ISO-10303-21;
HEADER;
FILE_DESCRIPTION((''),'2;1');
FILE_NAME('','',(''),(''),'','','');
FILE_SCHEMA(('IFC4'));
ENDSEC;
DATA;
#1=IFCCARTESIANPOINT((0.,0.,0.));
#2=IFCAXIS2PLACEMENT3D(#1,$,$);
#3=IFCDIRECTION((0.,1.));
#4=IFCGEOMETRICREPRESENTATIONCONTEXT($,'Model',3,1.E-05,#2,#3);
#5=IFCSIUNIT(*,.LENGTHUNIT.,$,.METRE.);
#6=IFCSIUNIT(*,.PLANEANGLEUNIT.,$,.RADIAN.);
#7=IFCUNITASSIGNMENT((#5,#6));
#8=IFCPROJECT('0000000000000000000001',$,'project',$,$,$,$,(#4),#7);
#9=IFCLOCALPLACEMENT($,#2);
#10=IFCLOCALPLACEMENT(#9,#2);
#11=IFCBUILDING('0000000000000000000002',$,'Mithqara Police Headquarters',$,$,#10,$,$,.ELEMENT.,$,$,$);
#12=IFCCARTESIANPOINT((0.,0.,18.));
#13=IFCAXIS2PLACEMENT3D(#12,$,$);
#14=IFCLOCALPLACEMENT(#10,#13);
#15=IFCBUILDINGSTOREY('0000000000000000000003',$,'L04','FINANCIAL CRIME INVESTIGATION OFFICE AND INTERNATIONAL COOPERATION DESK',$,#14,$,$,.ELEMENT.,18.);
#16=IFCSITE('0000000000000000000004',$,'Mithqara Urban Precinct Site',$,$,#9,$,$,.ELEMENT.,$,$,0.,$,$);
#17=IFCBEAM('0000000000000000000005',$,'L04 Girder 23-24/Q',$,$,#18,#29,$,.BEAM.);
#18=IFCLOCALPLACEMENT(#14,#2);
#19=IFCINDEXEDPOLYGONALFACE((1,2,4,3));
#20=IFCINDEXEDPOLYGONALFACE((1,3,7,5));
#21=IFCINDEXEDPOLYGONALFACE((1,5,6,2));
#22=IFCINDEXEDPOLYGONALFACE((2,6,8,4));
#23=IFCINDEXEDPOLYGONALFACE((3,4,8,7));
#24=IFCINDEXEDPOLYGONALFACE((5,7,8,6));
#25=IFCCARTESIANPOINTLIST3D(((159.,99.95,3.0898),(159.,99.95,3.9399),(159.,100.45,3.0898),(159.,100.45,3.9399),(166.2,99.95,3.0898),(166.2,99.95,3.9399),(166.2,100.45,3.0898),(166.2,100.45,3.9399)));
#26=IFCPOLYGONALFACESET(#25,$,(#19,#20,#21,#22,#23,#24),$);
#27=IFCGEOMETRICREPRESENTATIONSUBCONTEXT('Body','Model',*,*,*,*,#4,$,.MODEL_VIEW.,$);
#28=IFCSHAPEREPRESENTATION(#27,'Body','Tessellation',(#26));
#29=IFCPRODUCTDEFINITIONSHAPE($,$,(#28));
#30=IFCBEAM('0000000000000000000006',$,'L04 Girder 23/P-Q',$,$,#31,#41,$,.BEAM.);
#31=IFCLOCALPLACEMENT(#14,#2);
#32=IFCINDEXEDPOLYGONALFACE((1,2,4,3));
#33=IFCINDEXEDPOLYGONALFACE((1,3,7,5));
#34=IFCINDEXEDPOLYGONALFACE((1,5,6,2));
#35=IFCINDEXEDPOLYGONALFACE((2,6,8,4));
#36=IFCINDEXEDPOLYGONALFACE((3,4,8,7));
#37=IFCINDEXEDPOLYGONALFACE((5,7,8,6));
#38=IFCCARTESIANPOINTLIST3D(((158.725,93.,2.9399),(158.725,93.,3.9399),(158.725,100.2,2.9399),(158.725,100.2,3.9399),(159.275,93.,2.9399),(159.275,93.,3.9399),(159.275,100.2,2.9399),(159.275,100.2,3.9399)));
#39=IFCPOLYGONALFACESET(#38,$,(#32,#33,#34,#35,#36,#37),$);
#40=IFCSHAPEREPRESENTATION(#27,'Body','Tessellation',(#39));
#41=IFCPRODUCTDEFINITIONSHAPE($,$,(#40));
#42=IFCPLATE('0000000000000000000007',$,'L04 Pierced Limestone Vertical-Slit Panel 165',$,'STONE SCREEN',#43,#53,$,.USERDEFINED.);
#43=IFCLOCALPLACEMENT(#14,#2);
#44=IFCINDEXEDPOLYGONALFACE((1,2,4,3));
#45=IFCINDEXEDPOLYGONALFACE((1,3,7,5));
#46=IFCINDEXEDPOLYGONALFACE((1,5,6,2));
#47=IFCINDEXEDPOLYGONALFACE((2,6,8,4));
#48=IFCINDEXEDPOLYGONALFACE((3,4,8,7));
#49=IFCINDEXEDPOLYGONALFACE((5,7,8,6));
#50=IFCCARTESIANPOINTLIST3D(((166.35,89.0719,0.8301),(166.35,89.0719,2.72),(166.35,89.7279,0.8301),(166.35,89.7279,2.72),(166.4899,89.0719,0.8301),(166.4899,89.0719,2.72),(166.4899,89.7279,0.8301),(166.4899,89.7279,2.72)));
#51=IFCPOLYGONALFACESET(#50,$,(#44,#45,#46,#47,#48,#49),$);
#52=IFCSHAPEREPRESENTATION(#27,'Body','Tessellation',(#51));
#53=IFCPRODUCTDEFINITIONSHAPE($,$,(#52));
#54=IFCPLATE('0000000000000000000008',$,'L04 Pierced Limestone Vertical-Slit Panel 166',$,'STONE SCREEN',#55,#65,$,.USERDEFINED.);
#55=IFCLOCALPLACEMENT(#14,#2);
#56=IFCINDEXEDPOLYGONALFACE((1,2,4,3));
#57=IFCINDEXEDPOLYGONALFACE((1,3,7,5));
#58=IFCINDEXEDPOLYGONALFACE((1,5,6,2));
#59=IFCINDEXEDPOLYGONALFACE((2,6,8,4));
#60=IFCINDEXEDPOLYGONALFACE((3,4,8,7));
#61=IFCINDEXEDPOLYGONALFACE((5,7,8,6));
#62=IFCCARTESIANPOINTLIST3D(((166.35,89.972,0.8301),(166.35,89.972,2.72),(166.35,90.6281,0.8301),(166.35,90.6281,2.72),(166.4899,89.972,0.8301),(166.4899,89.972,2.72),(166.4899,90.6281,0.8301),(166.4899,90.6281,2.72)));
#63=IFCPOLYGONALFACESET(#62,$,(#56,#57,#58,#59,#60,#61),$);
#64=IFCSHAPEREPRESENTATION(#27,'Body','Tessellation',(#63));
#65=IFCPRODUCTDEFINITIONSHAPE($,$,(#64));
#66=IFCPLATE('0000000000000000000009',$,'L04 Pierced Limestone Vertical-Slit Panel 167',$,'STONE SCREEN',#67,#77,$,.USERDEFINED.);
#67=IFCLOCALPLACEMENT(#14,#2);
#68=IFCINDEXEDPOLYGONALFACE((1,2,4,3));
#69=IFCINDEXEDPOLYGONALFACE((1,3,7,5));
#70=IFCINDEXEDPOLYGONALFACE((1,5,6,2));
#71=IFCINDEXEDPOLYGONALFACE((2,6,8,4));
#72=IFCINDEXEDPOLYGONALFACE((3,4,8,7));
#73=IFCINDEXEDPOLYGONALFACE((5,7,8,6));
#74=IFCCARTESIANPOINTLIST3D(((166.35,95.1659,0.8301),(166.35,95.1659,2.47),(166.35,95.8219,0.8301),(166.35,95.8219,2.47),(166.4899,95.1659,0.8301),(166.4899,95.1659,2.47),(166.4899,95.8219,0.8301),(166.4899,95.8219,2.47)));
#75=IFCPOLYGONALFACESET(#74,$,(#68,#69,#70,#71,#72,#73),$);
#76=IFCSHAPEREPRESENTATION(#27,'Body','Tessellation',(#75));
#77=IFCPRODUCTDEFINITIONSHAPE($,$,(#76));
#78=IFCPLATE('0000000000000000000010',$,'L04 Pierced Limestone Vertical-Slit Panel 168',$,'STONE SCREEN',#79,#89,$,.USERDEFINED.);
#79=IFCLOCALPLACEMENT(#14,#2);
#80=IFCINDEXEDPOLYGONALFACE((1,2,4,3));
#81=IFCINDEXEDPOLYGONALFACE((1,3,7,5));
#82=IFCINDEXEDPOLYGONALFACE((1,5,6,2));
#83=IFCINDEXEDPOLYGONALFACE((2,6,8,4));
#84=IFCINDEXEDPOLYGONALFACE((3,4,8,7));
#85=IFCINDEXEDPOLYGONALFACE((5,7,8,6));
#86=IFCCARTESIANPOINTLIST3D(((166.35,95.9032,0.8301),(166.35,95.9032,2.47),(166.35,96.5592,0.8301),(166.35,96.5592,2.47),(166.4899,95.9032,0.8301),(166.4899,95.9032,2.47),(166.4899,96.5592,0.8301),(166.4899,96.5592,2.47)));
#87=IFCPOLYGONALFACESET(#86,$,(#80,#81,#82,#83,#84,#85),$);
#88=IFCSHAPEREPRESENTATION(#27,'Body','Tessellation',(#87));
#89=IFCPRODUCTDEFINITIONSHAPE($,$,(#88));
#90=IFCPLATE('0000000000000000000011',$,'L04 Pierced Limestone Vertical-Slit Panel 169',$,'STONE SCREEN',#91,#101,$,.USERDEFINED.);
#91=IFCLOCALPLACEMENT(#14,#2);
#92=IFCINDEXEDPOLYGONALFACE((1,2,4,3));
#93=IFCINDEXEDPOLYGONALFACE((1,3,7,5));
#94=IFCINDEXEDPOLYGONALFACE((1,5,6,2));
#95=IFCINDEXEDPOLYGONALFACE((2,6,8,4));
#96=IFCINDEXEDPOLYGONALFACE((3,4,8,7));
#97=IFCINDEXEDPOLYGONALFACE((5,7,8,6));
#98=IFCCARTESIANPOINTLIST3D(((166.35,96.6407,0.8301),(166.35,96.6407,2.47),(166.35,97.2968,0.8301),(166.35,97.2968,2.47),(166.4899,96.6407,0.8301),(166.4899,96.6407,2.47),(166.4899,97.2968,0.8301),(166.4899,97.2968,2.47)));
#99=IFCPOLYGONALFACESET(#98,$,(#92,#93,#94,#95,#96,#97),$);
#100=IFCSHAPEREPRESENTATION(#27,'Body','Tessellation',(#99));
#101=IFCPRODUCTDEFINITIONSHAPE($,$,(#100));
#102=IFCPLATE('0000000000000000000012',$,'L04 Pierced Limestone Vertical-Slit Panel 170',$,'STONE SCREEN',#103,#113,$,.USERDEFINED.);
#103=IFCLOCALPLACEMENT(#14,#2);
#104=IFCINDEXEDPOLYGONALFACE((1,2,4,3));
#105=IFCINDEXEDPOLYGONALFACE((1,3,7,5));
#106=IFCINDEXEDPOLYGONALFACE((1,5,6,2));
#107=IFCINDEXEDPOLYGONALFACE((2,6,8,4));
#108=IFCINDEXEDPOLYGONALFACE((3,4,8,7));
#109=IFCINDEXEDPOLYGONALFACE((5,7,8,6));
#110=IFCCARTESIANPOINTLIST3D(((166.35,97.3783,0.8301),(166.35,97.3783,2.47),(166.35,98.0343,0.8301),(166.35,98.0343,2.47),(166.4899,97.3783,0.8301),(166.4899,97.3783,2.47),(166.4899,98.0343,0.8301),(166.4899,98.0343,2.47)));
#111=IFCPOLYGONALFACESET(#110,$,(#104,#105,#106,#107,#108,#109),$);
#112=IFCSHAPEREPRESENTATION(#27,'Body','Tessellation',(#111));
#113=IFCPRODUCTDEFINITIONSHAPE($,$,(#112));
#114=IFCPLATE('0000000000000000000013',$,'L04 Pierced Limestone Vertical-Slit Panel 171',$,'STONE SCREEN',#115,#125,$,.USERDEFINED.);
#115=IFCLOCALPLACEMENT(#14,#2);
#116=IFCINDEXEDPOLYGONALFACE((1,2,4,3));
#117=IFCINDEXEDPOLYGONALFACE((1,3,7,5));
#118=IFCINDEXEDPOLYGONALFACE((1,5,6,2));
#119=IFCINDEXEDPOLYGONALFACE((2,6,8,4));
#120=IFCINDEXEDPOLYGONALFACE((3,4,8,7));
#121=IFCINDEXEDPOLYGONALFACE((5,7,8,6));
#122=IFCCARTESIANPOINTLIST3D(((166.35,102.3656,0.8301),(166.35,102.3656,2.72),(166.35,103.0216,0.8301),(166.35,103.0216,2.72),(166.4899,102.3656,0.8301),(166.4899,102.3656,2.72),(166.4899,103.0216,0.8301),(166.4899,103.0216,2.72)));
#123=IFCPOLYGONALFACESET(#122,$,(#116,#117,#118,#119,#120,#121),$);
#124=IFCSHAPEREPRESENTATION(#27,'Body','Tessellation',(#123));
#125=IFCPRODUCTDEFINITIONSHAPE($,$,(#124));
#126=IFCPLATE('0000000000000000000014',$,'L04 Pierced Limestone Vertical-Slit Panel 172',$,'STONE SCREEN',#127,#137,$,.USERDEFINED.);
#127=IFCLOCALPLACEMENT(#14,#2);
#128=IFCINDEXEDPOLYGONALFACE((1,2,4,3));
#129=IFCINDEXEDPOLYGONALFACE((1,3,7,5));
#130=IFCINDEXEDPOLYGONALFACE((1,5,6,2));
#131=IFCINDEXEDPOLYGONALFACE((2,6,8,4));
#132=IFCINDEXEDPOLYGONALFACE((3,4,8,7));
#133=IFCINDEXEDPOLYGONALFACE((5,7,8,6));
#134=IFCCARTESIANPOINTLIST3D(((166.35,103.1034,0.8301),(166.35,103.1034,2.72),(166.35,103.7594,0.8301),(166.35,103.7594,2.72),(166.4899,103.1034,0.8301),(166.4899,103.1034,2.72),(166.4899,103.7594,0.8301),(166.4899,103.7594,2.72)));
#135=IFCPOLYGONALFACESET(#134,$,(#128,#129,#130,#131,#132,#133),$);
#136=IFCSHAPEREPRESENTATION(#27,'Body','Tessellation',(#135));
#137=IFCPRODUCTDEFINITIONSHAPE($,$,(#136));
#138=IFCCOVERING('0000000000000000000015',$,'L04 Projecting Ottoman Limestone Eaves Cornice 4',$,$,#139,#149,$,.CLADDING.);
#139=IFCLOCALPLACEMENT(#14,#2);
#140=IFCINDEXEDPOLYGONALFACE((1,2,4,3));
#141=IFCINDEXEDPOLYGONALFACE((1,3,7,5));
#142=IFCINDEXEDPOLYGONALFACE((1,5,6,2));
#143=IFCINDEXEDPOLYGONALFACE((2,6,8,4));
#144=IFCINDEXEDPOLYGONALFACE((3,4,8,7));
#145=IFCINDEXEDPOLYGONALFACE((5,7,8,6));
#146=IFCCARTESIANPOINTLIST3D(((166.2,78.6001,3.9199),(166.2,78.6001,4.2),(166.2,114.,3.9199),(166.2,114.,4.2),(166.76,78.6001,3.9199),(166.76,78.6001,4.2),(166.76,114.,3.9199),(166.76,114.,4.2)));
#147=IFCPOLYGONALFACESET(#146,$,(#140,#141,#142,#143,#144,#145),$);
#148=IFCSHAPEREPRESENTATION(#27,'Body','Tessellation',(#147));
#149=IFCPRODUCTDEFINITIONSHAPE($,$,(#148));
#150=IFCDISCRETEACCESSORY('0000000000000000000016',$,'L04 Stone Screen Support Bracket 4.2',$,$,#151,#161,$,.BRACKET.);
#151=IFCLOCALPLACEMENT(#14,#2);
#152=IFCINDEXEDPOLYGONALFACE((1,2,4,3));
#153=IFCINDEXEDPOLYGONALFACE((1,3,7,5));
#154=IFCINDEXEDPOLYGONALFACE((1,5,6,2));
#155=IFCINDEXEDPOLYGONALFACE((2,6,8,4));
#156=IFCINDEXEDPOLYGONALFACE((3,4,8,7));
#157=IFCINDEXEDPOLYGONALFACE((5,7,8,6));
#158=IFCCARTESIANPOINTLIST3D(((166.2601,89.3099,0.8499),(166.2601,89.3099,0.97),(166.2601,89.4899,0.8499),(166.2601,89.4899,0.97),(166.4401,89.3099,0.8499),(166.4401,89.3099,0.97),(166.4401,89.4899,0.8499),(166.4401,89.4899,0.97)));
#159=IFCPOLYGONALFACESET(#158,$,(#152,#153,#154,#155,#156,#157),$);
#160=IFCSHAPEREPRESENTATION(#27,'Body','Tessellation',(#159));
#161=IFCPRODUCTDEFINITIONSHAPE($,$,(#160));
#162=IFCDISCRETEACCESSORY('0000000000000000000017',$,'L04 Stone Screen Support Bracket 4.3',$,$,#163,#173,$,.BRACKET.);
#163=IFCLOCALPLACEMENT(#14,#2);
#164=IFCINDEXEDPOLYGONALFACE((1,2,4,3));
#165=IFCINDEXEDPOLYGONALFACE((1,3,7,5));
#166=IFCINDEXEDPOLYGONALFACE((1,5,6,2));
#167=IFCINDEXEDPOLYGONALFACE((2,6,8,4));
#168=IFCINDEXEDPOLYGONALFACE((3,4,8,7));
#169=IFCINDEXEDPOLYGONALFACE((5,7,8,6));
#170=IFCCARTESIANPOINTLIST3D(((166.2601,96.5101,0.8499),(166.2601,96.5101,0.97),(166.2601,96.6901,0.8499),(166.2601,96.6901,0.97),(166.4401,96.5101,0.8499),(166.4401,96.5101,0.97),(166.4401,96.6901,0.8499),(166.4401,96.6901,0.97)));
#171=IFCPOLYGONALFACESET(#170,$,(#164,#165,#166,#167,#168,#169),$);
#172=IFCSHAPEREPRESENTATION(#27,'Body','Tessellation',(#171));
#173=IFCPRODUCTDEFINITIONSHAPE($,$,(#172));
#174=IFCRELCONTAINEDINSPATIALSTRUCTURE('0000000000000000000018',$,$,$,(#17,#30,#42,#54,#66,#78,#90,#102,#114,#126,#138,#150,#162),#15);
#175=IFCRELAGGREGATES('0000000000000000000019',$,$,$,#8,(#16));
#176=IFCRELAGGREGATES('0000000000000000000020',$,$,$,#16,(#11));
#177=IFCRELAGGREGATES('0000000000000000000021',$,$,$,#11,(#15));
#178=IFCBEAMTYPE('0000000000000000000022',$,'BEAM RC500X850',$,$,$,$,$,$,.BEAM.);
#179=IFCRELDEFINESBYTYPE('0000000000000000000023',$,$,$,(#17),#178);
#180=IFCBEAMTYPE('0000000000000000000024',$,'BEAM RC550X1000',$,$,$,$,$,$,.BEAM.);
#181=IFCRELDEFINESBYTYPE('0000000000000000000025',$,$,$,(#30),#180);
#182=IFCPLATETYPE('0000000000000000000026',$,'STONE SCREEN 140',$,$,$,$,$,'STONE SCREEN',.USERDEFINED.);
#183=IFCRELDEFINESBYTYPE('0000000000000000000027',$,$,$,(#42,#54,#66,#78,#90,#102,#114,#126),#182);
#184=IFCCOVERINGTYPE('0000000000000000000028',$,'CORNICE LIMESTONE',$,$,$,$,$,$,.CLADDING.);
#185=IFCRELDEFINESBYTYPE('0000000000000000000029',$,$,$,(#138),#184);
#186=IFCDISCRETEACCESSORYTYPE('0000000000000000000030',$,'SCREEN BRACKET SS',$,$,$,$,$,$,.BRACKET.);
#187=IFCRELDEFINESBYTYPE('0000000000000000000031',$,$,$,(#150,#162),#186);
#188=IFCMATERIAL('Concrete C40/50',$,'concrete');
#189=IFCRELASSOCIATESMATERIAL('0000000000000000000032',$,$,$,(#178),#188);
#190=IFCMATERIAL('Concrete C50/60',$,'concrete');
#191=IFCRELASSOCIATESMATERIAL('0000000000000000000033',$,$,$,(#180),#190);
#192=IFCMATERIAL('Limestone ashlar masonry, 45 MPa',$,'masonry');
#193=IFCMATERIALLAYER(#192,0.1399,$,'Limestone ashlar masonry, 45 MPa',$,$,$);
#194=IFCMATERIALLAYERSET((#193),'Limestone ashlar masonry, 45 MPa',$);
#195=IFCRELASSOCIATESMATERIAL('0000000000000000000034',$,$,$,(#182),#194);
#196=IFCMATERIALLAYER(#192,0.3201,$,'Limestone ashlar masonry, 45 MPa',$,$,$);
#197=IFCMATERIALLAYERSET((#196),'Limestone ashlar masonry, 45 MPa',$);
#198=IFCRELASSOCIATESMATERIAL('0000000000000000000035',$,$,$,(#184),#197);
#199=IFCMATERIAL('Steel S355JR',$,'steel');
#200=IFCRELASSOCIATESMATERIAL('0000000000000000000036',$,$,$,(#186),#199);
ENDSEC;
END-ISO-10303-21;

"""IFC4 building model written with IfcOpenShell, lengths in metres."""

from ifc_helpers import new_model, si_unit, direction, frame, origin, origin_2d, place, context, subcontext, project, spatial, rectangle, extrude, material, layer, layer_set, material_profile, profile_set, type_object, element, save


model = new_model("IFC4")

# Units and contexts
model_context = context("Model", 3, precision=1e-05, world=origin(), true_north=direction((0.0, 1.0)))
body_context = subcontext(model_context, "Body", "Model", "MODEL_VIEW")
ifc_project = project(units=[si_unit("LENGTHUNIT", "METRE"), si_unit("PLANEANGLEUNIT", "RADIAN")], contexts=[model_context])

# Site, building, storey
site_placement = place(None, origin())
site = spatial("IfcSite", under=ifc_project, at=site_placement, Name="Mithqara Urban Precinct Site", CompositionType="ELEMENT", RefElevation=0.0)
building_placement = place(site_placement, origin())
building = spatial("IfcBuilding", under=site, at=building_placement, Name="Mithqara Police Headquarters", CompositionType="ELEMENT")
storey_placement = place(building_placement, frame((0.0, 0.0, 18.0)))
storey = spatial("IfcBuildingStorey", under=building, at=storey_placement, Name="L04", Description="FINANCIAL CRIME INVESTIGATION OFFICE AND INTERNATIONAL COOPERATION DESK", CompositionType="ELEMENT", Elevation=18.0)

# Shared definitions
ifc_material_1 = material(Name="Concrete C50/60", Category="concrete")

# Beams
ifc_material_2 = material(Name="Steel S355JR", Category="steel")
ifc_material_3 = material(Name="Concrete C40/50", Category="concrete")
ifc_material_profile_1 = material_profile(ifc_material_3, rectangle(XDim=0.5, YDim=0.8501, at=origin_2d()), Name="RC 500x850")
ifc_profile_set_1 = profile_set([ifc_material_profile_1], Name="Concrete C40/50")
beam_type_1 = type_object("IfcBeamType", Name="BEAM RC500X850", PredefinedType="BEAM", material=ifc_profile_set_1)
beam_1_placement = place(storey_placement, frame((159.0, 100.2, 3.5149), z_axis=(1.0, 0.0, 0.0), x_axis=(0.0, 1.0, 0.0)))
element("IfcBeam", 1, at=beam_1_placement, inside=storey, type_object=beam_type_1, Name="L04 Girder 23-24/Q", PredefinedType="BEAM", context=body_context, shape_type="SweptSolid", body=[
    extrude(rectangle(XDim=0.5, YDim=0.8501, at=origin_2d()), origin(), (0.0, 0.0, 1.0), 7.2),
])
ifc_material_profile_2 = material_profile(ifc_material_1, rectangle(XDim=0.55, YDim=1.0, at=origin_2d()), Name="RC 550x1000")
ifc_profile_set_2 = profile_set([ifc_material_profile_2], Name="Concrete C50/60")
beam_type_2 = type_object("IfcBeamType", Name="BEAM RC550X1000", PredefinedType="BEAM", material=ifc_profile_set_2)
beam_2_placement = place(storey_placement, frame((159.0, 93.0, 3.4399), z_axis=(0.0, 1.0, 0.0), x_axis=(-1.0, 0.0, 0.0)))
element("IfcBeam", 2, at=beam_2_placement, inside=storey, type_object=beam_type_2, Name="L04 Girder 23/P-Q", PredefinedType="BEAM", context=body_context, shape_type="SweptSolid", body=[
    extrude(rectangle(XDim=0.55, YDim=1.0, at=origin_2d()), origin(), (0.0, 0.0, 1.0), 7.2),
])

# Plates
ifc_material_4 = material(Name="Limestone ashlar masonry, 45 MPa", Category="masonry")
ifc_layer_1 = layer(ifc_material_4, 0.1399, Name="Limestone ashlar masonry, 45 MPa")
ifc_layer_set_1 = layer_set([ifc_layer_1], Name="Limestone ashlar masonry, 45 MPa")
plate_type = type_object("IfcPlateType", Name="STONE SCREEN 140", ElementType="STONE SCREEN", PredefinedType="USERDEFINED", material=ifc_layer_set_1)
for number, where, z_axis, x_axis, name in (
    (3, (166.4199, 89.3999, 0.8301), (0.0, 0.0, 1.0), (0.0, 1.0, 0.0), "L04 Pierced Limestone Vertical-Slit Panel 165"),
    (4, (166.4199, 90.3, 0.8301), (0.0, 0.0, 1.0), (0.0, 1.0, 0.0), "L04 Pierced Limestone Vertical-Slit Panel 166"),
):
    element("IfcPlate", number, at=place(storey_placement, frame(where, z_axis=z_axis, x_axis=x_axis)), inside=storey, type_object=plate_type, Name=name, ObjectType="STONE SCREEN", PredefinedType="USERDEFINED", context=body_context, shape_type="SweptSolid", body=[
        extrude(rectangle(XDim=0.656, YDim=0.1399, at=origin_2d()), origin(), (0.0, 0.0, 1.0), 1.8899),
    ])
for number, where, z_axis, x_axis, name in (
    (5, (166.4199, 95.4939, 0.8301), (0.0, 0.0, 1.0), (0.0, 1.0, 0.0), "L04 Pierced Limestone Vertical-Slit Panel 167"),
    (6, (166.4199, 96.2312, 0.8301), (0.0, 0.0, 1.0), (0.0, 1.0, 0.0), "L04 Pierced Limestone Vertical-Slit Panel 168"),
    (7, (166.4199, 96.9688, 0.8301), (0.0, 0.0, 1.0), (0.0, 1.0, 0.0), "L04 Pierced Limestone Vertical-Slit Panel 169"),
    (8, (166.4199, 97.7063, 0.8301), (0.0, 0.0, 1.0), (0.0, 1.0, 0.0), "L04 Pierced Limestone Vertical-Slit Panel 170"),
):
    element("IfcPlate", number, at=place(storey_placement, frame(where, z_axis=z_axis, x_axis=x_axis)), inside=storey, type_object=plate_type, Name=name, ObjectType="STONE SCREEN", PredefinedType="USERDEFINED", context=body_context, shape_type="SweptSolid", body=[
        extrude(rectangle(XDim=0.656, YDim=0.1399, at=origin_2d()), origin(), (0.0, 0.0, 1.0), 1.6399),
    ])
for number, where, z_axis, x_axis, name in (
    (9, (166.4199, 102.6936, 0.8301), (0.0, 0.0, 1.0), (0.0, 1.0, 0.0), "L04 Pierced Limestone Vertical-Slit Panel 171"),
    (10, (166.4199, 103.4314, 0.8301), (0.0, 0.0, 1.0), (0.0, 1.0, 0.0), "L04 Pierced Limestone Vertical-Slit Panel 172"),
):
    element("IfcPlate", number, at=place(storey_placement, frame(where, z_axis=z_axis, x_axis=x_axis)), inside=storey, type_object=plate_type, Name=name, ObjectType="STONE SCREEN", PredefinedType="USERDEFINED", context=body_context, shape_type="SweptSolid", body=[
        extrude(rectangle(XDim=0.656, YDim=0.1399, at=origin_2d()), origin(), (0.0, 0.0, 1.0), 1.8899),
    ])

# Covering
ifc_layer_2 = layer(ifc_material_4, 0.3201, Name="Limestone ashlar masonry, 45 MPa")
ifc_layer_set_2 = layer_set([ifc_layer_2], Name="Limestone ashlar masonry, 45 MPa")
covering_type = type_object("IfcCoveringType", Name="CORNICE LIMESTONE", PredefinedType="CLADDING", material=ifc_layer_set_2)
covering_placement = place(storey_placement, frame((166.48, 96.3, 3.9199), z_axis=(0.0, 0.0, 1.0), x_axis=(0.0, 1.0, 0.0)))
element("IfcCovering", 11, at=covering_placement, inside=storey, type_object=covering_type, Name="L04 Projecting Ottoman Limestone Eaves Cornice 4", PredefinedType="CLADDING", context=body_context, shape_type="SweptSolid", body=[
    extrude(rectangle(XDim=35.3999, YDim=0.5601, at=origin_2d()), origin(), (0.0, 0.0, 1.0), 0.28),
])

# Discrete accessories
discrete_accessory_type = type_object("IfcDiscreteAccessoryType", Name="SCREEN BRACKET SS", PredefinedType="BRACKET", material=ifc_material_2)
for number, where, z_axis, x_axis, name in (
    (12, (166.3501, 89.3999, 0.8499), (0.0, 0.0, 1.0), (0.0, 1.0, 0.0), "L04 Stone Screen Support Bracket 4.2"),
    (13, (166.3501, 96.6001, 0.8499), (0.0, 0.0, 1.0), (0.0, 1.0, 0.0), "L04 Stone Screen Support Bracket 4.3"),
):
    element("IfcDiscreteAccessory", number, at=place(storey_placement, frame(where, z_axis=z_axis, x_axis=x_axis)), inside=storey, type_object=discrete_accessory_type, Name=name, PredefinedType="BRACKET", context=body_context, shape_type="SweptSolid", body=[
        extrude(rectangle(XDim=0.1799, YDim=0.1799, at=origin_2d()), origin(), (0.0, 0.0, 1.0), 0.1201),
    ])

save(model, "model.ifc")
